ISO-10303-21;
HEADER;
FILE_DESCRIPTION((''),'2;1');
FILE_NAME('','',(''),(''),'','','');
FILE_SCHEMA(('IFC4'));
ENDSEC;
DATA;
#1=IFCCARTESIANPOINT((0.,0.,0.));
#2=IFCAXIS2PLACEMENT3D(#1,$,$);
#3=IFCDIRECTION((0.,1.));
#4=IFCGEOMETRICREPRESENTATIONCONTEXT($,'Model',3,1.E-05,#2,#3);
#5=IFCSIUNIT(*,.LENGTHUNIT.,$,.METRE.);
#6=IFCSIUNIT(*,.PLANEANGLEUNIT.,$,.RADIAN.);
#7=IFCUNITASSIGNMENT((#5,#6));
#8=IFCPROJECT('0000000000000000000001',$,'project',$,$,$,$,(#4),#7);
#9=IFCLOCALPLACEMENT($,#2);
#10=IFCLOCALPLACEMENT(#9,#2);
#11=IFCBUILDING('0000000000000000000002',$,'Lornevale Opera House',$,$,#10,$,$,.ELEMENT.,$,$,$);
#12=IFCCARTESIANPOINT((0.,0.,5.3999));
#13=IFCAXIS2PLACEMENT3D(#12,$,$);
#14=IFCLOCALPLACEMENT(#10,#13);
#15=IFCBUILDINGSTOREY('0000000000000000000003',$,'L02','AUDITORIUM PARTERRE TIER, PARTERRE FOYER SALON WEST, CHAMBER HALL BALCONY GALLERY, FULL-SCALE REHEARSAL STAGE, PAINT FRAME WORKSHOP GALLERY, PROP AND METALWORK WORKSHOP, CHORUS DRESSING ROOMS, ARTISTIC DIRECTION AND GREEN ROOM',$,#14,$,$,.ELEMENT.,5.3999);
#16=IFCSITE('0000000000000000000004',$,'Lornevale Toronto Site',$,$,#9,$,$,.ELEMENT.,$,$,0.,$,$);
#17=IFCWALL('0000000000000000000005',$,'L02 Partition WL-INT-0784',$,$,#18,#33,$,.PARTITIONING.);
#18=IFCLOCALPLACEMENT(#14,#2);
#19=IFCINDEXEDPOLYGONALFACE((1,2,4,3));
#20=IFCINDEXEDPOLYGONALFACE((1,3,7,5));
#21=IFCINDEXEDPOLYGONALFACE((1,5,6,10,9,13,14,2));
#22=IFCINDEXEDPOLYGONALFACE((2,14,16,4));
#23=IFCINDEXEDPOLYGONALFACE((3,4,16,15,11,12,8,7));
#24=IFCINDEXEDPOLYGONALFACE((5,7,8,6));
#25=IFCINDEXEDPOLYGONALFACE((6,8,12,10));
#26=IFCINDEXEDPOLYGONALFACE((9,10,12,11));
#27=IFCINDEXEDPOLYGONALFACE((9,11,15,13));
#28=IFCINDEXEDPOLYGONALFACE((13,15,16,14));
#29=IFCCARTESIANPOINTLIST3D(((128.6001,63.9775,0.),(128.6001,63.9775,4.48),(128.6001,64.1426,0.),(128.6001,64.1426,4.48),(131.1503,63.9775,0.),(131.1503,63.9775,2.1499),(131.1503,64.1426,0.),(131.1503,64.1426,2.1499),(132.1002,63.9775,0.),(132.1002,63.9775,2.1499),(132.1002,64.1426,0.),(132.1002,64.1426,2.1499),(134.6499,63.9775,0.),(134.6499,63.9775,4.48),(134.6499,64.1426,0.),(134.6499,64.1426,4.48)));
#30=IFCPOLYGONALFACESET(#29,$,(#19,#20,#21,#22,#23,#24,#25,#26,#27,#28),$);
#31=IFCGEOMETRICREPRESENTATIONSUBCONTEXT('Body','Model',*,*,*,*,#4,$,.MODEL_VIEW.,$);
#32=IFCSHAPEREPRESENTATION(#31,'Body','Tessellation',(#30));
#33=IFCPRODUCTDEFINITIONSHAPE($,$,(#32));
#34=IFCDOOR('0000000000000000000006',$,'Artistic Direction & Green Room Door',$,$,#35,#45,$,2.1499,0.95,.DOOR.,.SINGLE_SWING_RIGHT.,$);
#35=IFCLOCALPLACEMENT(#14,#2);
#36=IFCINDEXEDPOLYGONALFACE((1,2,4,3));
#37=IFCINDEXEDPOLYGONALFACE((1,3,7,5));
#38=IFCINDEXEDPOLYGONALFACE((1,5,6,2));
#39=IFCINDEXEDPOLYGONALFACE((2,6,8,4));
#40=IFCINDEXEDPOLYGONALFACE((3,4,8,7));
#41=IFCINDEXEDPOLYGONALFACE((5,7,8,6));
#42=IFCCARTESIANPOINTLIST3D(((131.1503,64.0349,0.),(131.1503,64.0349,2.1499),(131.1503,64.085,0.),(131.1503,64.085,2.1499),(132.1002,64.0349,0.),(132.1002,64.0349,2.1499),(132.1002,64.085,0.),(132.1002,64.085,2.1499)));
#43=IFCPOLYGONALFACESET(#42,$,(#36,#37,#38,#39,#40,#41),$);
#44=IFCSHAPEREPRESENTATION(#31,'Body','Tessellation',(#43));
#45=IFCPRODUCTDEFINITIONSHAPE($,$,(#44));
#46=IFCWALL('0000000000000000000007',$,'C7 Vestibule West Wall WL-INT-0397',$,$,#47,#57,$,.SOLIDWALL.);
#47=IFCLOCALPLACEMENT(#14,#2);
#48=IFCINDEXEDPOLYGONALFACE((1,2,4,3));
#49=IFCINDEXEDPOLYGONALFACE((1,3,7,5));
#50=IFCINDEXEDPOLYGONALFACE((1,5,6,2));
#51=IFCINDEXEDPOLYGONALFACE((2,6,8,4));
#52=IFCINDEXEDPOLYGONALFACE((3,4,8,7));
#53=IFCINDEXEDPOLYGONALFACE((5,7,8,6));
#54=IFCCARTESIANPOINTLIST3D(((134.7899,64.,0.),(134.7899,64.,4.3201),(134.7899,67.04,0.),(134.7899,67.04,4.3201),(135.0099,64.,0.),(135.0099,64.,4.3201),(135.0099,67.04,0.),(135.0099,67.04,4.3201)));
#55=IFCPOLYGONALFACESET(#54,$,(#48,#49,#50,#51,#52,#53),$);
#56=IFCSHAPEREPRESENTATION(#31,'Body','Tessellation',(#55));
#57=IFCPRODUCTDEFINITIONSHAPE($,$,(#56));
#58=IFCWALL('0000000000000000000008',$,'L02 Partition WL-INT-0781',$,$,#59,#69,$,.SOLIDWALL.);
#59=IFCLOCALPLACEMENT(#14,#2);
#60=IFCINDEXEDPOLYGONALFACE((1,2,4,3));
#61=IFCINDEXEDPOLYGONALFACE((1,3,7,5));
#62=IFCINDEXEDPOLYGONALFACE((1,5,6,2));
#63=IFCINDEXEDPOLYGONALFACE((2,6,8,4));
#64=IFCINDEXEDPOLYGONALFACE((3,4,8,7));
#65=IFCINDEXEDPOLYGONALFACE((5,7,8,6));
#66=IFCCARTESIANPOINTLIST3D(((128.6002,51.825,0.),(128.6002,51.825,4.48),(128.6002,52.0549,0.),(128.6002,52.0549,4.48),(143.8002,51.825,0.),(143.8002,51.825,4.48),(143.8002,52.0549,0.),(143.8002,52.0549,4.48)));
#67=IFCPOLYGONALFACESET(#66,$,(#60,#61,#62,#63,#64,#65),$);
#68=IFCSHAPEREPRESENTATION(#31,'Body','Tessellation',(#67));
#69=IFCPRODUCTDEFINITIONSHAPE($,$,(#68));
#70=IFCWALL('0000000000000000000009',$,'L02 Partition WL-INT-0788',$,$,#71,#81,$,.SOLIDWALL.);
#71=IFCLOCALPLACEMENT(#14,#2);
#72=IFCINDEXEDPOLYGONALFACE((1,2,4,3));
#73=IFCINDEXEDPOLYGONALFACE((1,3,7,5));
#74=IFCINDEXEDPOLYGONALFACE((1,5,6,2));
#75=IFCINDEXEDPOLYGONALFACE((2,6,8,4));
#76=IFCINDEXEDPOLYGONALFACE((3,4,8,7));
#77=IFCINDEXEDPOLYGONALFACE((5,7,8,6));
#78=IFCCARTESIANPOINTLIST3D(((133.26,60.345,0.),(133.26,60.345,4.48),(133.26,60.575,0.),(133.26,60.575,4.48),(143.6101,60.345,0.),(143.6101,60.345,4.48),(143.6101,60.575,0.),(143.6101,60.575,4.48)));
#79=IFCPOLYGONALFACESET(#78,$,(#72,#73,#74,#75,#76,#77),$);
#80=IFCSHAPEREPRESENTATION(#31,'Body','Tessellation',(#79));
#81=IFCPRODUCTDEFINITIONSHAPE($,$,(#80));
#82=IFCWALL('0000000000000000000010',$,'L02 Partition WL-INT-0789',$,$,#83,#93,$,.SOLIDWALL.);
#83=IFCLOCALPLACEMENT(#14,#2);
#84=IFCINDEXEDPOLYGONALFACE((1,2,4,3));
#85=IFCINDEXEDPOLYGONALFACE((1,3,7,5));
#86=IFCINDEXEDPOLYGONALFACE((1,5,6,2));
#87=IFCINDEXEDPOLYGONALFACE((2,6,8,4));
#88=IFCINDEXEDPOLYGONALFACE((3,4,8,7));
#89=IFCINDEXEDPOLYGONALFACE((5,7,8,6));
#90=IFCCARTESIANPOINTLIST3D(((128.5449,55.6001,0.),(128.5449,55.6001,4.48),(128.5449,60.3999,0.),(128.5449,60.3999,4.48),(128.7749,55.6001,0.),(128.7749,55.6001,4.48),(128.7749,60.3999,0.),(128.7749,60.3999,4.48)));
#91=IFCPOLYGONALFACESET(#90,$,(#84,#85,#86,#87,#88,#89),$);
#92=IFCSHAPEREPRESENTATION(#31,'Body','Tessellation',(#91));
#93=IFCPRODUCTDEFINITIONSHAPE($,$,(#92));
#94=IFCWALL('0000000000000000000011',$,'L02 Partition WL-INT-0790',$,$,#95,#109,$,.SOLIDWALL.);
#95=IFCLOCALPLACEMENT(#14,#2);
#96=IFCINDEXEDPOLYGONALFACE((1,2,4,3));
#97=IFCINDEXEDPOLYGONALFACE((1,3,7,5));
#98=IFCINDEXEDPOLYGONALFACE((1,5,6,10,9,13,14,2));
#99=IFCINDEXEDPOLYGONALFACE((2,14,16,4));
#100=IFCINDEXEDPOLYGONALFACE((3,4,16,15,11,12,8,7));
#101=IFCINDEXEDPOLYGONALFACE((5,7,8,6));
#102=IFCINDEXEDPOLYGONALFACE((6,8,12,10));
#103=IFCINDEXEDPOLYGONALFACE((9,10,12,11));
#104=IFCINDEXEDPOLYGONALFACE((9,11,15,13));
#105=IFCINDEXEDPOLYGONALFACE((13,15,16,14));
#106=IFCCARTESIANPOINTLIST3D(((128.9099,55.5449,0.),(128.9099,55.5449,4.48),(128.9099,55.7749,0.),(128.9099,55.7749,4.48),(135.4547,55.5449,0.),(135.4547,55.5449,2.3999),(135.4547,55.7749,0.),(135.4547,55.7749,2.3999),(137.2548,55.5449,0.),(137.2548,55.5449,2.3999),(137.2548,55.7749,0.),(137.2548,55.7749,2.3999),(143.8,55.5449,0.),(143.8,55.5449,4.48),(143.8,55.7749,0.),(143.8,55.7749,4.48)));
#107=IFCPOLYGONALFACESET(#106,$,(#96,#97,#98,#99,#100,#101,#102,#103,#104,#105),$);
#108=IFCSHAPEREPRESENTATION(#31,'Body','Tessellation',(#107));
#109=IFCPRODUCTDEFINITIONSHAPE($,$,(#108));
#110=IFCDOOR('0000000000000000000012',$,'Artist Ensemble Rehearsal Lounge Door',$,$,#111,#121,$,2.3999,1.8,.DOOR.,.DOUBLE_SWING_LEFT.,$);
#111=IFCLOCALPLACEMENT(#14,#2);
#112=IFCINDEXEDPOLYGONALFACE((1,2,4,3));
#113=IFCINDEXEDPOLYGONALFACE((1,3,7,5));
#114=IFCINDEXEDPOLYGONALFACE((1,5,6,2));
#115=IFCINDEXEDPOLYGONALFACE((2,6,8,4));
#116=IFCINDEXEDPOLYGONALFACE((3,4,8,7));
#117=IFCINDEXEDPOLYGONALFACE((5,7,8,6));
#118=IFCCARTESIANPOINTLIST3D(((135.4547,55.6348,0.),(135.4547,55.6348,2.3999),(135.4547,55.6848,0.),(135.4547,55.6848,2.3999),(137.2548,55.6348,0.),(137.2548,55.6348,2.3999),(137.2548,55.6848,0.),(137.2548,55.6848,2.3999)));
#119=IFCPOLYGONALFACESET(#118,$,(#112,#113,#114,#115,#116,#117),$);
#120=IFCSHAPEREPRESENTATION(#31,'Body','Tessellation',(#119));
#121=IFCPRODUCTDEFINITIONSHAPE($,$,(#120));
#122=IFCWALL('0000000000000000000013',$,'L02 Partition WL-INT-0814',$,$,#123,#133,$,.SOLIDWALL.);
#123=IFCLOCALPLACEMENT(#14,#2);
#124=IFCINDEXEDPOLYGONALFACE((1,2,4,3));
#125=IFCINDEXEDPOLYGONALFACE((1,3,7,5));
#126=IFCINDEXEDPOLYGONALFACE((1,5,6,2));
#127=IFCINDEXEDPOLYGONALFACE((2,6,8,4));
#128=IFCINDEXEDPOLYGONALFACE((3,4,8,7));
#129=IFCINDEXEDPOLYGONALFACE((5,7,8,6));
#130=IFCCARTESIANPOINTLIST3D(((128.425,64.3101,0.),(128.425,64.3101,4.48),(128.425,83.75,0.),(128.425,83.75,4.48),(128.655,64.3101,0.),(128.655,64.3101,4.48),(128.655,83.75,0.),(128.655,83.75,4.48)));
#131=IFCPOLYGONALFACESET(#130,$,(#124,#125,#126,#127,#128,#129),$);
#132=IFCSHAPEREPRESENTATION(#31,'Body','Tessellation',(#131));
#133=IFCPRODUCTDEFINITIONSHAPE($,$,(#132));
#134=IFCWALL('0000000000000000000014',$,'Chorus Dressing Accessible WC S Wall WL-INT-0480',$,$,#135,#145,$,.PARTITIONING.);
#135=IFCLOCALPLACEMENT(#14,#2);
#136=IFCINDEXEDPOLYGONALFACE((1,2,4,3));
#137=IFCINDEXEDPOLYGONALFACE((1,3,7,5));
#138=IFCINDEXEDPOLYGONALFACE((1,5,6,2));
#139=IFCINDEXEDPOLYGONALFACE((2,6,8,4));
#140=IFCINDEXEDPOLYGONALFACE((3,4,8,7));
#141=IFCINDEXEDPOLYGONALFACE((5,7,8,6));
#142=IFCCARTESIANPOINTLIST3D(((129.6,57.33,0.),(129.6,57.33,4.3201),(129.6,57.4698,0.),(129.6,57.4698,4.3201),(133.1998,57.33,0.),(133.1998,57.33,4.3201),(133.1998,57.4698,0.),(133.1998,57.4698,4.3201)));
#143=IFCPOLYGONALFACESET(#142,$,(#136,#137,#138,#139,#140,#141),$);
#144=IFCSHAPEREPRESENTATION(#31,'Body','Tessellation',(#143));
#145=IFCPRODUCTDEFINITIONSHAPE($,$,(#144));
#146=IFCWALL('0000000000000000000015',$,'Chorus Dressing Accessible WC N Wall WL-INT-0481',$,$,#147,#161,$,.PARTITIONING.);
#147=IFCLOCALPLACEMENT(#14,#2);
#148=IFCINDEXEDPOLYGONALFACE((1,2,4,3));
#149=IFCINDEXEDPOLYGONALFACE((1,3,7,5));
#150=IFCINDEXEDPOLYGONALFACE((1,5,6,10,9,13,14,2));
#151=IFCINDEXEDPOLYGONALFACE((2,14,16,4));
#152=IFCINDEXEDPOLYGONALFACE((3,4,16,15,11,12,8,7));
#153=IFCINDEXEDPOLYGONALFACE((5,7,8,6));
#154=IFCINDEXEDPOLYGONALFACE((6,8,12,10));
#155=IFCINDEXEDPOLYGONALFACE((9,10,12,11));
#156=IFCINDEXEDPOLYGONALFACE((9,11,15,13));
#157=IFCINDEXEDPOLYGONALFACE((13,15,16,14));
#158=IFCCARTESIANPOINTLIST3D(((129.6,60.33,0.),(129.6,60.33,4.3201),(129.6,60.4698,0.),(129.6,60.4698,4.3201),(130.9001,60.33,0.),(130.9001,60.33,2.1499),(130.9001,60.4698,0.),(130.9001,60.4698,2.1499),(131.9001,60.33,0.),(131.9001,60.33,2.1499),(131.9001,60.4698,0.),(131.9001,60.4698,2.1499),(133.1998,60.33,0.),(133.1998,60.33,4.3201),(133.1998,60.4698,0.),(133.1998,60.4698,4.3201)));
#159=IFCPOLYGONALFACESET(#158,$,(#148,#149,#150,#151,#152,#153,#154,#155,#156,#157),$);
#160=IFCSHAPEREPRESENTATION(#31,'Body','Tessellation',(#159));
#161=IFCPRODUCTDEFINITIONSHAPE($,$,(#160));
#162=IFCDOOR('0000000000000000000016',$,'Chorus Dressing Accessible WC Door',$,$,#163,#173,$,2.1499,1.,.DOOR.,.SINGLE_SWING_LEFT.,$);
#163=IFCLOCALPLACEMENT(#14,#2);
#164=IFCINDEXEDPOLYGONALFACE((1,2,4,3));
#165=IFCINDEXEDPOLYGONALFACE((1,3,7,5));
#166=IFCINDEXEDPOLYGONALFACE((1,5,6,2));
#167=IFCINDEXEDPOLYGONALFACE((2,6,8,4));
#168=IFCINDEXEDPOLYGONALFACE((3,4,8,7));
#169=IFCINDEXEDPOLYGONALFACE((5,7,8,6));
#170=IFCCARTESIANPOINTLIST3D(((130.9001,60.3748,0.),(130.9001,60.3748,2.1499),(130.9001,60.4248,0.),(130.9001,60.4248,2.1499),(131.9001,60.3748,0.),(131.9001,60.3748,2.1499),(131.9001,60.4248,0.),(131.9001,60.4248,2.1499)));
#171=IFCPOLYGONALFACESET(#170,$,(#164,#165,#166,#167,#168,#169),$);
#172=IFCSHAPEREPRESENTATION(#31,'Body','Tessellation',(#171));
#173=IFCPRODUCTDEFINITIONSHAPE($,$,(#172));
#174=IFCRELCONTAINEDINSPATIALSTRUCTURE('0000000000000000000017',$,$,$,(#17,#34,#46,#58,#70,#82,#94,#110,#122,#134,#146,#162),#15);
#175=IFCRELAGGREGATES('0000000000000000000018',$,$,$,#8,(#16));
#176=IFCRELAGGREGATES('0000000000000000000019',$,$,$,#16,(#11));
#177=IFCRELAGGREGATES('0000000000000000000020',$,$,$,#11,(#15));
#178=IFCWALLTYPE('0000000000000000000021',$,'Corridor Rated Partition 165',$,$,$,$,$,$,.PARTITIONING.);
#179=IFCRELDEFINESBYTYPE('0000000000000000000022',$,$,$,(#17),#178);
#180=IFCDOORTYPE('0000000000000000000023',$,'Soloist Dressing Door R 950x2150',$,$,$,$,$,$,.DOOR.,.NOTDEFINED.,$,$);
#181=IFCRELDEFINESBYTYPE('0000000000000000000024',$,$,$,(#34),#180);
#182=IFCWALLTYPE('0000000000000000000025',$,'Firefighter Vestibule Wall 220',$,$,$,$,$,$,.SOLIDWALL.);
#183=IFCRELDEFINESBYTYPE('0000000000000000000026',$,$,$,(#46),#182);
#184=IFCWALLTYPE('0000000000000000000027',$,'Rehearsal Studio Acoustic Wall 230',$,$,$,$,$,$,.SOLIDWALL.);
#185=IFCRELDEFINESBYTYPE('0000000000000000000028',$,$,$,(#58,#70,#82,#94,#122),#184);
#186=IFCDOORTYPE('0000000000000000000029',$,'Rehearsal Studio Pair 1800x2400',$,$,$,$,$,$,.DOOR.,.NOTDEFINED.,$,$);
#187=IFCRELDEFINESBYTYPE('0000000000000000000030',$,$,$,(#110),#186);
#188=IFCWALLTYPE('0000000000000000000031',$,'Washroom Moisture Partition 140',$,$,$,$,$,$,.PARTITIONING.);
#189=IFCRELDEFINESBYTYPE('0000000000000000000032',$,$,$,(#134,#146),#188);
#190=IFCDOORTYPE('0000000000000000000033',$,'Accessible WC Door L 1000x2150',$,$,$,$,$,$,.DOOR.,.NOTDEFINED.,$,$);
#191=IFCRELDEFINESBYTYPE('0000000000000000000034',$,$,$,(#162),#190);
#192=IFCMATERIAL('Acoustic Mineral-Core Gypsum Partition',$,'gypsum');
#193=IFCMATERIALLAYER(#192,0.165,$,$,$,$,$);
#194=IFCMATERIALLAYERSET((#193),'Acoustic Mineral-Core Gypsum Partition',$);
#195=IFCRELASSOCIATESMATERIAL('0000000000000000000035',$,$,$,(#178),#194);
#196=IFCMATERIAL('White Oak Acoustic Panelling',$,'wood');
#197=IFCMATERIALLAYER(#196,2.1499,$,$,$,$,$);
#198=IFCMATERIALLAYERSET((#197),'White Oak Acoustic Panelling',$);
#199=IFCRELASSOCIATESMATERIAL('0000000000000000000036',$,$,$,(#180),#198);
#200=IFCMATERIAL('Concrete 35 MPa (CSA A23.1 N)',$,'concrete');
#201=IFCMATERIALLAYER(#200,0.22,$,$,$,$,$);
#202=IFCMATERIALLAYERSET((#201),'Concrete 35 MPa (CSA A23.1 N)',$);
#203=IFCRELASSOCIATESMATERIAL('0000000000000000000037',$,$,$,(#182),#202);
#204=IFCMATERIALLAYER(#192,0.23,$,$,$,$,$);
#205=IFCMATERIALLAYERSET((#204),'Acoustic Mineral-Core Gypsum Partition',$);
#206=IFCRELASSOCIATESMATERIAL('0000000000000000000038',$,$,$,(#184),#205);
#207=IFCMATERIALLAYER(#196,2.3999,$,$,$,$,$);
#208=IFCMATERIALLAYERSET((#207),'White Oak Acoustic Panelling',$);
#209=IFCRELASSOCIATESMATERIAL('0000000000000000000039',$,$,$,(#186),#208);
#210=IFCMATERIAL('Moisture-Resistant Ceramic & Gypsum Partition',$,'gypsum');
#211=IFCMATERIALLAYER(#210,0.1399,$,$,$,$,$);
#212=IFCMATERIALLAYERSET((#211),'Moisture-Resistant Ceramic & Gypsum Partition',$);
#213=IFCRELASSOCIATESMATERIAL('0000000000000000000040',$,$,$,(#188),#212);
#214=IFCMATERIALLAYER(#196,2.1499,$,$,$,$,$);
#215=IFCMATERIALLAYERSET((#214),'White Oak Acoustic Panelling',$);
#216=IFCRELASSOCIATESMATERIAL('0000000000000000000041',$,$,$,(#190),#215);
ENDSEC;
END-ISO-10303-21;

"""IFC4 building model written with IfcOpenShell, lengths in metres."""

from ifc_helpers import new_model, si_unit, direction, frame, frame_2d, origin, place, context, subcontext, project, spatial, rectangle, extrude, material, layer, layer_set, type_object, element, fill, save


model = new_model("IFC4")

# Units and contexts
model_context = context("Model", 3, precision=1e-05, world=origin(), true_north=direction((0.0, 1.0)))
body_context = subcontext(model_context, "Body", "Model", "MODEL_VIEW")
ifc_project = project(units=[si_unit("LENGTHUNIT", "METRE"), si_unit("PLANEANGLEUNIT", "RADIAN")], contexts=[model_context])

# Site, building, storey
site_placement = place(None, origin())
site = spatial("IfcSite", under=ifc_project, at=site_placement, Name="Lornevale Toronto Site", CompositionType="ELEMENT", RefElevation=0.0)
building_placement = place(site_placement, origin())
building = spatial("IfcBuilding", under=site, at=building_placement, Name="Lornevale Opera House", CompositionType="ELEMENT")
storey_placement = place(building_placement, frame((0.0, 0.0, 5.3999)))
storey = spatial("IfcBuildingStorey", under=building, at=storey_placement, Name="L02", Description="AUDITORIUM PARTERRE TIER, PARTERRE FOYER SALON WEST, CHAMBER HALL BALCONY GALLERY, FULL-SCALE REHEARSAL STAGE, PAINT FRAME WORKSHOP GALLERY, PROP AND METALWORK WORKSHOP, CHORUS DRESSING ROOMS, ARTISTIC DIRECTION AND GREEN ROOM", CompositionType="ELEMENT", Elevation=5.3999)

# Shared definitions
ifc_material_1 = material(Name="Concrete 35 MPa (CSA A23.1 N)", Category="concrete")

# Wall, opening, door
ifc_material_2 = material(Name="Acoustic Mineral-Core Gypsum Partition", Category="gypsum")
ifc_layer_1 = layer(ifc_material_2, 0.165)
ifc_layer_set_1 = layer_set([ifc_layer_1], Name="Acoustic Mineral-Core Gypsum Partition")
wall_type_1 = type_object("IfcWallType", Name="Corridor Rated Partition 165", PredefinedType="PARTITIONING", material=ifc_layer_set_1)
wall_1_placement = place(storey_placement, frame((128.6001, 64.0601, 0.0), z_axis=(0.0, 0.0, 1.0), x_axis=(1.0, 0.0, 0.0)))
wall_1 = element("IfcWall", 1, at=wall_1_placement, inside=storey, type_object=wall_type_1, Name="L02 Partition WL-INT-0784", PredefinedType="PARTITIONING", context=body_context, shape_type="SweptSolid", body=[
    extrude(rectangle(XDim=6.0498, YDim=0.165, at=frame_2d((3.0249, 0.0))), origin(), (0.0, 0.0, 1.0), 4.48),
])
opening_1_placement = place(wall_1_placement, frame((2.55, 0.0, 0.0)))
opening_1 = element("IfcOpeningElement", 2, at=opening_1_placement, cuts=wall_1, PredefinedType="OPENING", context=body_context, shape_type="SweptSolid", body=[
    extrude(rectangle(XDim=0.95, YDim=2.1499, at=frame_2d((0.4751, 1.075))), frame((0.0, 0.0925, 0.0), z_axis=(0.0, -1.0, 0.0), x_axis=(1.0, 0.0, 0.0)), (0.0, 0.0, 1.0), 0.1851),
])
ifc_material_3 = material(Name="White Oak Acoustic Panelling", Category="wood")
ifc_layer_2 = layer(ifc_material_3, 2.1499)
ifc_layer_set_2 = layer_set([ifc_layer_2], Name="White Oak Acoustic Panelling")
door_type_1 = type_object("IfcDoorType", Name="Soloist Dressing Door R 950x2150", OperationType="NOTDEFINED", PredefinedType="DOOR", material=ifc_layer_set_2)
door_1_placement = place(opening_1_placement, origin())
door_1 = element("IfcDoor", 3, at=door_1_placement, inside=storey, type_object=door_type_1, Name="Artistic Direction & Green Room Door", OperationType="SINGLE_SWING_RIGHT", OverallHeight=2.1499, OverallWidth=0.95, PredefinedType="DOOR", context=body_context, shape_type="SweptSolid", body=[
    extrude(rectangle(XDim=0.95, YDim=2.1499, at=frame_2d((0.4751, 1.075))), frame((0.0, 0.0249, 0.0), z_axis=(0.0, -1.0, 0.0), x_axis=(1.0, 0.0, 0.0)), (0.0, 0.0, 1.0), 0.05),
])
fill(opening_1, door_1)

# Walls
ifc_layer_3 = layer(ifc_material_1, 0.22)
ifc_layer_set_3 = layer_set([ifc_layer_3], Name="Concrete 35 MPa (CSA A23.1 N)")
wall_type_2 = type_object("IfcWallType", Name="Firefighter Vestibule Wall 220", PredefinedType="SOLIDWALL", material=ifc_layer_set_3)
wall_2_placement = place(storey_placement, frame((134.8999, 64.0, 0.0), z_axis=(0.0, 0.0, 1.0), x_axis=(0.0, 1.0, 0.0)))
element("IfcWall", 4, at=wall_2_placement, inside=storey, type_object=wall_type_2, Name="C7 Vestibule West Wall WL-INT-0397", PredefinedType="SOLIDWALL", context=body_context, shape_type="SweptSolid", body=[
    extrude(rectangle(XDim=3.04, YDim=0.22, at=frame_2d((1.52, 0.0))), origin(), (0.0, 0.0, 1.0), 4.3201),
])
ifc_layer_4 = layer(ifc_material_2, 0.23)
ifc_layer_set_4 = layer_set([ifc_layer_4], Name="Acoustic Mineral-Core Gypsum Partition")
wall_type_3 = type_object("IfcWallType", Name="Rehearsal Studio Acoustic Wall 230", PredefinedType="SOLIDWALL", material=ifc_layer_set_4)
wall_3_placement = place(storey_placement, frame((128.6001, 51.9399, 0.0), z_axis=(0.0, 0.0, 1.0), x_axis=(1.0, 0.0, 0.0)))
element("IfcWall", 5, at=wall_3_placement, inside=storey, type_object=wall_type_3, Name="L02 Partition WL-INT-0781", PredefinedType="SOLIDWALL", context=body_context, shape_type="SweptSolid", body=[
    extrude(rectangle(XDim=15.2, YDim=0.23, at=frame_2d((7.6001, 0.0))), origin(), (0.0, 0.0, 1.0), 4.48),
])
wall_4_placement = place(storey_placement, frame((133.26, 60.46, 0.0), z_axis=(0.0, 0.0, 1.0), x_axis=(1.0, 0.0, 0.0)))
element("IfcWall", 6, at=wall_4_placement, inside=storey, type_object=wall_type_3, Name="L02 Partition WL-INT-0788", PredefinedType="SOLIDWALL", context=body_context, shape_type="SweptSolid", body=[
    extrude(rectangle(XDim=10.3501, YDim=0.23, at=frame_2d((5.175, 0.0))), origin(), (0.0, 0.0, 1.0), 4.48),
])
wall_5_placement = place(storey_placement, frame((128.6599, 55.6001, 0.0), z_axis=(0.0, 0.0, 1.0), x_axis=(0.0, 1.0, 0.0)))
element("IfcWall", 7, at=wall_5_placement, inside=storey, type_object=wall_type_3, Name="L02 Partition WL-INT-0789", PredefinedType="SOLIDWALL", context=body_context, shape_type="SweptSolid", body=[
    extrude(rectangle(XDim=4.7998, YDim=0.23, at=frame_2d((2.3999, 0.0))), origin(), (0.0, 0.0, 1.0), 4.48),
])

# Wall, opening, door
wall_6_placement = place(storey_placement, frame((128.9099, 55.6599, 0.0), z_axis=(0.0, 0.0, 1.0), x_axis=(1.0, 0.0, 0.0)))
wall_6 = element("IfcWall", 8, at=wall_6_placement, inside=storey, type_object=wall_type_3, Name="L02 Partition WL-INT-0790", PredefinedType="SOLIDWALL", context=body_context, shape_type="SweptSolid", body=[
    extrude(rectangle(XDim=14.8901, YDim=0.23, at=frame_2d((7.4451, 0.0))), origin(), (0.0, 0.0, 1.0), 4.48),
])
opening_2_placement = place(wall_6_placement, frame((6.5449, 0.0, 0.0)))
opening_2 = element("IfcOpeningElement", 9, at=opening_2_placement, cuts=wall_6, PredefinedType="OPENING", context=body_context, shape_type="SweptSolid", body=[
    extrude(rectangle(XDim=1.8, YDim=2.3999, at=frame_2d((0.8999, 1.2))), frame((0.0, 0.125, 0.0), z_axis=(0.0, -1.0, 0.0), x_axis=(1.0, 0.0, 0.0)), (0.0, 0.0, 1.0), 0.25),
])
ifc_layer_5 = layer(ifc_material_3, 2.3999)
ifc_layer_set_5 = layer_set([ifc_layer_5], Name="White Oak Acoustic Panelling")
door_type_2 = type_object("IfcDoorType", Name="Rehearsal Studio Pair 1800x2400", OperationType="NOTDEFINED", PredefinedType="DOOR", material=ifc_layer_set_5)
door_2_placement = place(opening_2_placement, origin())
door_2 = element("IfcDoor", 10, at=door_2_placement, inside=storey, type_object=door_type_2, Name="Artist Ensemble Rehearsal Lounge Door", OperationType="DOUBLE_SWING_LEFT", OverallHeight=2.3999, OverallWidth=1.8, PredefinedType="DOOR", context=body_context, shape_type="SweptSolid", body=[
    extrude(rectangle(XDim=1.8, YDim=2.3999, at=frame_2d((0.8999, 1.2))), frame((0.0, 0.0249, 0.0), z_axis=(0.0, -1.0, 0.0), x_axis=(1.0, 0.0, 0.0)), (0.0, 0.0, 1.0), 0.05),
])
fill(opening_2, door_2)

# Walls
wall_7_placement = place(storey_placement, frame((128.54, 64.3101, 0.0), z_axis=(0.0, 0.0, 1.0), x_axis=(0.0, 1.0, 0.0)))
element("IfcWall", 11, at=wall_7_placement, inside=storey, type_object=wall_type_3, Name="L02 Partition WL-INT-0814", PredefinedType="SOLIDWALL", context=body_context, shape_type="SweptSolid", body=[
    extrude(rectangle(XDim=19.4399, YDim=0.23, at=frame_2d((9.72, 0.0))), origin(), (0.0, 0.0, 1.0), 4.48),
])
ifc_material_4 = material(Name="Moisture-Resistant Ceramic & Gypsum Partition", Category="gypsum")
ifc_layer_6 = layer(ifc_material_4, 0.1399)
ifc_layer_set_6 = layer_set([ifc_layer_6], Name="Moisture-Resistant Ceramic & Gypsum Partition")
wall_type_4 = type_object("IfcWallType", Name="Washroom Moisture Partition 140", PredefinedType="PARTITIONING", material=ifc_layer_set_6)
wall_8_placement = place(storey_placement, frame((129.6001, 57.3999, 0.0), z_axis=(0.0, 0.0, 1.0), x_axis=(1.0, 0.0, 0.0)))
element("IfcWall", 12, at=wall_8_placement, inside=storey, type_object=wall_type_4, Name="Chorus Dressing Accessible WC S Wall WL-INT-0480", PredefinedType="PARTITIONING", context=body_context, shape_type="SweptSolid", body=[
    extrude(rectangle(XDim=3.5999, YDim=0.1399, at=frame_2d((1.7998, 0.0))), origin(), (0.0, 0.0, 1.0), 4.3201),
])

# Wall, opening, door
wall_9_placement = place(storey_placement, frame((129.6001, 60.3999, 0.0), z_axis=(0.0, 0.0, 1.0), x_axis=(1.0, 0.0, 0.0)))
wall_9 = element("IfcWall", 13, at=wall_9_placement, inside=storey, type_object=wall_type_4, Name="Chorus Dressing Accessible WC N Wall WL-INT-0481", PredefinedType="PARTITIONING", context=body_context, shape_type="SweptSolid", body=[
    extrude(rectangle(XDim=3.5999, YDim=0.1399, at=frame_2d((1.7998, 0.0))), origin(), (0.0, 0.0, 1.0), 4.3201),
])
opening_3_placement = place(wall_9_placement, frame((1.3, 0.0, 0.0)))
opening_3 = element("IfcOpeningElement", 14, at=opening_3_placement, cuts=wall_9, PredefinedType="OPENING", context=body_context, shape_type="SweptSolid", body=[
    extrude(rectangle(XDim=1.0, YDim=2.1499, at=frame_2d((0.5, 1.075))), frame((0.0, 0.0798, 0.0), z_axis=(0.0, -1.0, 0.0), x_axis=(1.0, 0.0, 0.0)), (0.0, 0.0, 1.0), 0.1599),
])
ifc_layer_7 = layer(ifc_material_3, 2.1499)
ifc_layer_set_7 = layer_set([ifc_layer_7], Name="White Oak Acoustic Panelling")
door_type_3 = type_object("IfcDoorType", Name="Accessible WC Door L 1000x2150", OperationType="NOTDEFINED", PredefinedType="DOOR", material=ifc_layer_set_7)
door_3_placement = place(opening_3_placement, origin())
door_3 = element("IfcDoor", 15, at=door_3_placement, inside=storey, type_object=door_type_3, Name="Chorus Dressing Accessible WC Door", OperationType="SINGLE_SWING_LEFT", OverallHeight=2.1499, OverallWidth=1.0, PredefinedType="DOOR", context=body_context, shape_type="SweptSolid", body=[
    extrude(rectangle(XDim=1.0, YDim=2.1499, at=frame_2d((0.5, 1.075))), frame((0.0, 0.0249, 0.0), z_axis=(0.0, -1.0, 0.0), x_axis=(1.0, 0.0, 0.0)), (0.0, 0.0, 1.0), 0.05),
])
fill(opening_3, door_3)

save(model, "model.ifc")
